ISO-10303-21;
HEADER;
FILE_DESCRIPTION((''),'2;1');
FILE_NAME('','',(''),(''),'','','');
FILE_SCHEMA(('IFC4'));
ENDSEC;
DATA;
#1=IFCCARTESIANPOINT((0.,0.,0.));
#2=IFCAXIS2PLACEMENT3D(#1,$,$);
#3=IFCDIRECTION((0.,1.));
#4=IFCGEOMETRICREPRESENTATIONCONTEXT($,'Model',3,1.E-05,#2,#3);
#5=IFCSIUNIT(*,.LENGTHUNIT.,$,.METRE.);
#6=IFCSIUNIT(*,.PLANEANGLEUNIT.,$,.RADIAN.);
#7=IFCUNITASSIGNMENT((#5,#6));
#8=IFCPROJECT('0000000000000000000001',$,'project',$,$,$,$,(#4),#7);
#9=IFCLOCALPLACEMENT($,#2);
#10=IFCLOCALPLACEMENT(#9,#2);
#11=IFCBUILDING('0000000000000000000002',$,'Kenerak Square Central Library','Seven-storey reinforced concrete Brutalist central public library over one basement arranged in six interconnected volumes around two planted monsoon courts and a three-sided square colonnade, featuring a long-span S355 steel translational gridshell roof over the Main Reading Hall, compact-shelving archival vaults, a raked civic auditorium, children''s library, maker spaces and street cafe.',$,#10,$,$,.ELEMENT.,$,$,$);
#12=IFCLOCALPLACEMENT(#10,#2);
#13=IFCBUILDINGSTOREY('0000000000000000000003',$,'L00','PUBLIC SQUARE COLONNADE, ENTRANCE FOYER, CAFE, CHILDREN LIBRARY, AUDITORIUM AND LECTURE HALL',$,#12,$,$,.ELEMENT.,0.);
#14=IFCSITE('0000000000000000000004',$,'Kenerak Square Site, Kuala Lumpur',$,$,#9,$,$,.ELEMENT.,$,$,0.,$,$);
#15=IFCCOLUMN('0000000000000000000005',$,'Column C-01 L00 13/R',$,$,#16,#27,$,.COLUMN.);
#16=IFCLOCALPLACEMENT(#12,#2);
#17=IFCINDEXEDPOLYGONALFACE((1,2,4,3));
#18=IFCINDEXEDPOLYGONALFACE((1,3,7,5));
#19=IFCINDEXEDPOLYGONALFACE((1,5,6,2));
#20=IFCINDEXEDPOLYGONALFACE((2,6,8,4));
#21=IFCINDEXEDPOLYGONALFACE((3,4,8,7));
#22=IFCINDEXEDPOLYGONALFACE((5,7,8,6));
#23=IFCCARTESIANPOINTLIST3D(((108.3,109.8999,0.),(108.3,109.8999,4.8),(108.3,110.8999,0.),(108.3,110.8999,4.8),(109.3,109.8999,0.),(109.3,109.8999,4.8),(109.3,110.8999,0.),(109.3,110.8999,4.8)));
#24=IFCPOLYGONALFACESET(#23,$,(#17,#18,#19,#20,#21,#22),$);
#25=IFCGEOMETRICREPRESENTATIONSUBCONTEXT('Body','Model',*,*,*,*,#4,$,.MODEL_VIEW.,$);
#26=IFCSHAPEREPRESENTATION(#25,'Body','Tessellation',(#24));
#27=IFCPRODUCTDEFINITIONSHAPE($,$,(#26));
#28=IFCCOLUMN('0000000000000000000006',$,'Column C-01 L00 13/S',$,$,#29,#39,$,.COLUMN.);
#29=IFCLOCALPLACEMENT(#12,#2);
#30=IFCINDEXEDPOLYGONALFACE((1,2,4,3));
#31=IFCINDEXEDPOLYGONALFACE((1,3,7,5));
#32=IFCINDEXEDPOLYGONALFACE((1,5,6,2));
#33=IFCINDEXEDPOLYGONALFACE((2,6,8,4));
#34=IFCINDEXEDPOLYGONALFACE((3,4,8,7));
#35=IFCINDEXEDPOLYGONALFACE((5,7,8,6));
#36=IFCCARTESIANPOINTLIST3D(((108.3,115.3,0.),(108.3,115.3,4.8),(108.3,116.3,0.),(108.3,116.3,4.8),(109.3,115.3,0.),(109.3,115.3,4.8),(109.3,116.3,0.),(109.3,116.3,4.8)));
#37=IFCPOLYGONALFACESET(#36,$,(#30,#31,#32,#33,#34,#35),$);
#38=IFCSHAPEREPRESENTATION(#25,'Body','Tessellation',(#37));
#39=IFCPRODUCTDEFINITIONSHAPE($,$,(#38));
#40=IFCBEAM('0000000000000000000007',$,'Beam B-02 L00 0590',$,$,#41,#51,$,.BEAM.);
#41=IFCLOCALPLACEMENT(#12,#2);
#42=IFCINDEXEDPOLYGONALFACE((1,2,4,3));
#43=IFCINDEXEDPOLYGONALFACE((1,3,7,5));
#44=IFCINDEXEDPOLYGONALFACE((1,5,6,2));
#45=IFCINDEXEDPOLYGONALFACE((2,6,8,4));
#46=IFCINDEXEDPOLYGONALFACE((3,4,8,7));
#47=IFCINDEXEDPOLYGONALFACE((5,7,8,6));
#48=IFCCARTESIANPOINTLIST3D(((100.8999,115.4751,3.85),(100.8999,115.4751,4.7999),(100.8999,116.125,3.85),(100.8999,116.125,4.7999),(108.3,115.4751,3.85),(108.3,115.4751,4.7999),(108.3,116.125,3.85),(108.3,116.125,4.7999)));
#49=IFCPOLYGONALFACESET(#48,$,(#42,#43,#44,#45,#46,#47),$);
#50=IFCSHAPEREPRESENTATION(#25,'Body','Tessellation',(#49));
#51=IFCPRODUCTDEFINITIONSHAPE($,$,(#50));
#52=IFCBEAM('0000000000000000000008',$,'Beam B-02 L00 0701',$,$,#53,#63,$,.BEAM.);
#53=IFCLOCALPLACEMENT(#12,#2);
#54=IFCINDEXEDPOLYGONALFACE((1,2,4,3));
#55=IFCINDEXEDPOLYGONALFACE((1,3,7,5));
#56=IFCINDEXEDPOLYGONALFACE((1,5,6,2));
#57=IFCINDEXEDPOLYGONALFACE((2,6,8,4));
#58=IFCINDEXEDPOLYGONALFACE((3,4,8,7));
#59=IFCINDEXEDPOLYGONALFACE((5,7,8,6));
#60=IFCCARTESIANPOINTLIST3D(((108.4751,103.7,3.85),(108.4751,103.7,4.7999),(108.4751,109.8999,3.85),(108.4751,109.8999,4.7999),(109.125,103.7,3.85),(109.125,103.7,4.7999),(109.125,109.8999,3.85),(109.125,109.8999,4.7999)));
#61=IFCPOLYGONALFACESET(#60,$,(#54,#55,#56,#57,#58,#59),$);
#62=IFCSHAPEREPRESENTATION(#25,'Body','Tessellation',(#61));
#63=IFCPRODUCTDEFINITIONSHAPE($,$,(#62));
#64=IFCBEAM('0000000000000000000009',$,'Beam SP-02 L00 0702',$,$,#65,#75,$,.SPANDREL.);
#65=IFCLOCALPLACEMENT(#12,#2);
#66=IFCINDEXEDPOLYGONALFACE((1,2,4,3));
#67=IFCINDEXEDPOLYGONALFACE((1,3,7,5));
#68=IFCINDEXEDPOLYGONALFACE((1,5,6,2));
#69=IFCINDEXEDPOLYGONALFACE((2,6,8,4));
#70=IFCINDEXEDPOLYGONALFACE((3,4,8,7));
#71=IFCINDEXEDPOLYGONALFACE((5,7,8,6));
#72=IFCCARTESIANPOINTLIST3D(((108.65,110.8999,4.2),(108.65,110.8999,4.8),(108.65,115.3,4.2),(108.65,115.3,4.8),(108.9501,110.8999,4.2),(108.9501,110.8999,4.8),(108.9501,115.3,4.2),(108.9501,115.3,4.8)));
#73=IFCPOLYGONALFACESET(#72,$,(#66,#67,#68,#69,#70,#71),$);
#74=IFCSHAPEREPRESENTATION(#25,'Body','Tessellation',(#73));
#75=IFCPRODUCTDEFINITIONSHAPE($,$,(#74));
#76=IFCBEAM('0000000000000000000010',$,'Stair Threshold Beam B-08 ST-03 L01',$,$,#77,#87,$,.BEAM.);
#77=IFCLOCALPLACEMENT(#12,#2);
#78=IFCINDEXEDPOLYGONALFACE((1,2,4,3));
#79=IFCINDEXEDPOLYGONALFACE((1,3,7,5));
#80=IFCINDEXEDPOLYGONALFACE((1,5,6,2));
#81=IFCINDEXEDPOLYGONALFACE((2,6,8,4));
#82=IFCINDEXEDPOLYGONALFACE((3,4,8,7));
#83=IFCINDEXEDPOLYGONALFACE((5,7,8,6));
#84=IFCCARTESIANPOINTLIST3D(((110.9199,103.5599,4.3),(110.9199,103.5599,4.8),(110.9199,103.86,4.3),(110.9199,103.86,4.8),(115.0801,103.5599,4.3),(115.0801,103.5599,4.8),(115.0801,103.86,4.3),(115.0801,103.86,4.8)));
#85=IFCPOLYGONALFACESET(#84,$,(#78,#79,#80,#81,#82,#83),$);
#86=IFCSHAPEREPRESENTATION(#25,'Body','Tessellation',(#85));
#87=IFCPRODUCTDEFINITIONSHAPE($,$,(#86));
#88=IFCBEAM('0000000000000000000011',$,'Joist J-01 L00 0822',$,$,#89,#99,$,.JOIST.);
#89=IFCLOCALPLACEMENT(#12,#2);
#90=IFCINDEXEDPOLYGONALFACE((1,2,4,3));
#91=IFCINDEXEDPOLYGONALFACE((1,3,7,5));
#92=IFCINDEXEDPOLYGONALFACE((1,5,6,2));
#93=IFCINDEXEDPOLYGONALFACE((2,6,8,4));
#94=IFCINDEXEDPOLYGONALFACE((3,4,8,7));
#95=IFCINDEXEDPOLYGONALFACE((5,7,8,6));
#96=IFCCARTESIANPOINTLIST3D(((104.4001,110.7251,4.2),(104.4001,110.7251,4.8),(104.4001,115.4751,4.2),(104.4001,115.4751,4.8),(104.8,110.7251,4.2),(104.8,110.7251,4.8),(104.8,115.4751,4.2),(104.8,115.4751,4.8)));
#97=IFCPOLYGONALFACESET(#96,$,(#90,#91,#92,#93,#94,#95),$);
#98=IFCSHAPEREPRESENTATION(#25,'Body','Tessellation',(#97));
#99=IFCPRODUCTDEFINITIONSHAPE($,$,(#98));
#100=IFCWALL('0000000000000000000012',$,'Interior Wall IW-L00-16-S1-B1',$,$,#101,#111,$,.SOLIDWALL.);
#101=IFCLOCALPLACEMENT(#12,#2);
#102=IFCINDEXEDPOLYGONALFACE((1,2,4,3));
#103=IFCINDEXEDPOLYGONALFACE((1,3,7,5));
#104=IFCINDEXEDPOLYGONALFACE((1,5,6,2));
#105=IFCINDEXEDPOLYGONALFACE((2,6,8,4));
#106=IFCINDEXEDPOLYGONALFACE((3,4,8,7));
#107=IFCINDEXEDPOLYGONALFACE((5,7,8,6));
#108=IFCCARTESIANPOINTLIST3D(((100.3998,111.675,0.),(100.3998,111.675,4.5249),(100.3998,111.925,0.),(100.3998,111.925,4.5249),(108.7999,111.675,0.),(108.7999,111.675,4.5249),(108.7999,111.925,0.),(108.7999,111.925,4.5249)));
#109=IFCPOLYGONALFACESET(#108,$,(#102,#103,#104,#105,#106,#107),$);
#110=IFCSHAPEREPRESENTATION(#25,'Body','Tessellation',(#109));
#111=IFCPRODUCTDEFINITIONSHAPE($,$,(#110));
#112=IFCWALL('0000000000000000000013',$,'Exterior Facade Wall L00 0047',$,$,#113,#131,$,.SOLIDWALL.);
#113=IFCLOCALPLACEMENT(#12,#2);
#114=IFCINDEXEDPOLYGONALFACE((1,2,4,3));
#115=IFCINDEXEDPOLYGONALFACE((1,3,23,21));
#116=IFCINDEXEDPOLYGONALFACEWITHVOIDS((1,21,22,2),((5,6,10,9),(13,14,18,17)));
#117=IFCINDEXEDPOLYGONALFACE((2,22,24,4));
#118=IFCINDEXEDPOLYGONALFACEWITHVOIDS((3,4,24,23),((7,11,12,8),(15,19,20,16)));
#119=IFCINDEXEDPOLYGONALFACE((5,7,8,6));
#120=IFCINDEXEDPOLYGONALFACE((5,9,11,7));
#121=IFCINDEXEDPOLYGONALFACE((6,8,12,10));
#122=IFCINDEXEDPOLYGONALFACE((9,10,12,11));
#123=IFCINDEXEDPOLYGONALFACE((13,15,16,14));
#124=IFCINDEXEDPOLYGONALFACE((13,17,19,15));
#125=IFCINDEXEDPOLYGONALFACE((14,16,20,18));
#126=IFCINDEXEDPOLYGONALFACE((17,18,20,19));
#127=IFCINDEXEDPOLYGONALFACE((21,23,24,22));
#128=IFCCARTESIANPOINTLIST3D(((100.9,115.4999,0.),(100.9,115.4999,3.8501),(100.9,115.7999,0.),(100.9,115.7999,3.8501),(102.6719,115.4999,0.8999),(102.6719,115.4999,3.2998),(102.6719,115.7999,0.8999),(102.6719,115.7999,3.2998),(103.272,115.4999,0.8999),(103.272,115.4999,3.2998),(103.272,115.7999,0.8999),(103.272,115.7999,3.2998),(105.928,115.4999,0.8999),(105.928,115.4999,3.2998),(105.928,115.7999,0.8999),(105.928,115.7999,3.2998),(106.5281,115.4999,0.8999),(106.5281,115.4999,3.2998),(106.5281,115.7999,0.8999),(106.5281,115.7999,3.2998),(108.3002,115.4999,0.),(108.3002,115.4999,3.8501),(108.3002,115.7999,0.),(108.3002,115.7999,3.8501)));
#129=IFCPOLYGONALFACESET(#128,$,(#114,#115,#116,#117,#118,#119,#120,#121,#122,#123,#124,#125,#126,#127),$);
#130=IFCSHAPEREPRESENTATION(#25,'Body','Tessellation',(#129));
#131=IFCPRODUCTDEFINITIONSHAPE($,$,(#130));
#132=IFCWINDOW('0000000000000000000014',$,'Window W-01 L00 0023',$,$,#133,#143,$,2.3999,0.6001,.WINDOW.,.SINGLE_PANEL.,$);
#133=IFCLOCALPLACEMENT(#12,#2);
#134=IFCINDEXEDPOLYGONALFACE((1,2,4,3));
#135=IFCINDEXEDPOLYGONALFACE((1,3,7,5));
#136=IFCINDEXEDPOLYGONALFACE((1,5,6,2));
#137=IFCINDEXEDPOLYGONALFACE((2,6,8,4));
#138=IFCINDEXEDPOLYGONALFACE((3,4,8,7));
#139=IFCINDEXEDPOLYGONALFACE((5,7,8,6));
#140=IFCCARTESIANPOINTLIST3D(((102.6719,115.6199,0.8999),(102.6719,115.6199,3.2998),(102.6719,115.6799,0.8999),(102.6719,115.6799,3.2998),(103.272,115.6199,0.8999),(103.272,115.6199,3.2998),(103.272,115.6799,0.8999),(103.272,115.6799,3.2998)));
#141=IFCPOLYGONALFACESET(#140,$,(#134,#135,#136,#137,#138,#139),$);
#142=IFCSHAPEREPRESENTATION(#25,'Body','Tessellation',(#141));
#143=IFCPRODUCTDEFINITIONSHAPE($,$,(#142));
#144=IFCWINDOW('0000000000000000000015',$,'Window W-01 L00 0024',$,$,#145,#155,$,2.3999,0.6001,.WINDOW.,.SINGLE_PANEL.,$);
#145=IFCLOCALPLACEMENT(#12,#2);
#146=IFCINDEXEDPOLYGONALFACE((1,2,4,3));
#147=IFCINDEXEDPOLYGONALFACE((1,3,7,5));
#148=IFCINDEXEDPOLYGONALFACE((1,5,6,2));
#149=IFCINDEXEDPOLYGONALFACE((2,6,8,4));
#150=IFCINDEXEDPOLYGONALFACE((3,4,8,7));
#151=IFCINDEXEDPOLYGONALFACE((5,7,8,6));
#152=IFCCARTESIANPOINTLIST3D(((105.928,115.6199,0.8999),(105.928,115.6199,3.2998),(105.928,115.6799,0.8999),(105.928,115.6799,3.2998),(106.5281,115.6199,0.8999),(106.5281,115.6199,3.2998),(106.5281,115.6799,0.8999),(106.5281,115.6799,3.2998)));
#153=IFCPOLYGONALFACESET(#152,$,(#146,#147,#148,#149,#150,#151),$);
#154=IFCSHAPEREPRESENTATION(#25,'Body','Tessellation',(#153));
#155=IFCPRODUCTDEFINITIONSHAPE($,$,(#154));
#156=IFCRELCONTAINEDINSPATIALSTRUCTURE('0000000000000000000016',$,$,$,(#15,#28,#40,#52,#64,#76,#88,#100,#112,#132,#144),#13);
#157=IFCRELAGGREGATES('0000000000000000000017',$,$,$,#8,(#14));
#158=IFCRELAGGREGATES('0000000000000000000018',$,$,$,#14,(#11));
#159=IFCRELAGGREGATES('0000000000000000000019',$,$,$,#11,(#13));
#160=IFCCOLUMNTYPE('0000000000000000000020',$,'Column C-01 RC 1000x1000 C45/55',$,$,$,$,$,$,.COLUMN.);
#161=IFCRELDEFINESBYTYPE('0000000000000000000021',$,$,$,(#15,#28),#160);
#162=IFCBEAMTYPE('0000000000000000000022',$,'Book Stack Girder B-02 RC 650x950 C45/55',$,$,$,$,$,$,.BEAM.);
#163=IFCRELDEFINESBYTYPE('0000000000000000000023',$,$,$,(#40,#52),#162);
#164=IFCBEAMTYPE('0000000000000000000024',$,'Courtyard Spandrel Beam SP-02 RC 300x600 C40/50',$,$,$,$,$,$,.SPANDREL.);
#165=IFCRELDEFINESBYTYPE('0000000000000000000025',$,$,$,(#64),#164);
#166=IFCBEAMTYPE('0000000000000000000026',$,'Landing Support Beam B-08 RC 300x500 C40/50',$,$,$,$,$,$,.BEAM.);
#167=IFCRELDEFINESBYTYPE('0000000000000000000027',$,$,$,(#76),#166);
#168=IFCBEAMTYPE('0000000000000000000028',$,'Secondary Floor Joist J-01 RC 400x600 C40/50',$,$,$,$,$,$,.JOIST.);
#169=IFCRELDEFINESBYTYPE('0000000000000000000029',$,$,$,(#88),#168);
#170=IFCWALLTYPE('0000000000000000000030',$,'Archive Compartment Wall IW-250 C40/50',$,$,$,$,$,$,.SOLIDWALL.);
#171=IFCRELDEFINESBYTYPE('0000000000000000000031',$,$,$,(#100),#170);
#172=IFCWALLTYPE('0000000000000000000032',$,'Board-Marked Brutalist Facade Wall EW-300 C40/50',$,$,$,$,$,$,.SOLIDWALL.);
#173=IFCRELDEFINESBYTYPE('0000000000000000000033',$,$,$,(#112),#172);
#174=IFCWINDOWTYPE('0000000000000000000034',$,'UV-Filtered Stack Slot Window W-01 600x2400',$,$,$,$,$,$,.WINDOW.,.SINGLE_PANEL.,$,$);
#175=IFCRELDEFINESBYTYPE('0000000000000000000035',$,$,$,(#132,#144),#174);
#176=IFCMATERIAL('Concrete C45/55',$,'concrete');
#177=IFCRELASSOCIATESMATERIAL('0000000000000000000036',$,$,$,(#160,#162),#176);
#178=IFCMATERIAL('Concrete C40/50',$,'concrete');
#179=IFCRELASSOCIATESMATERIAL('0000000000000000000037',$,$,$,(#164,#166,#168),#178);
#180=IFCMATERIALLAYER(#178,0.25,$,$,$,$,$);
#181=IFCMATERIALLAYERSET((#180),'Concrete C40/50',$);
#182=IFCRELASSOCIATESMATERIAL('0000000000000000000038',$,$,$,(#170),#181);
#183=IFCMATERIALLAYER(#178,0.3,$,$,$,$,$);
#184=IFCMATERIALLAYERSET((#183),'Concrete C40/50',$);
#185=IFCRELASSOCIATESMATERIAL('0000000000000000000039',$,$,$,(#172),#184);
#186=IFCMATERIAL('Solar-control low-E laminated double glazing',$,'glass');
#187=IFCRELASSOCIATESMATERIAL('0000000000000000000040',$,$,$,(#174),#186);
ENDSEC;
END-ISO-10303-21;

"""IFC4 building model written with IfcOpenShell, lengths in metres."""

from ifc_helpers import new_model, si_unit, direction, frame, frame_2d, origin, origin_2d, place, context, subcontext, project, spatial, rectangle, extrude, material, layer, layer_set, material_profile, profile_set, type_object, element, fill, save


model = new_model("IFC4")

# Units and contexts
model_context = context("Model", 3, precision=1e-05, world=origin(), true_north=direction((0.0, 1.0)))
body_context = subcontext(model_context, "Body", "Model", "MODEL_VIEW")
ifc_project = project(units=[si_unit("LENGTHUNIT", "METRE"), si_unit("PLANEANGLEUNIT", "RADIAN")], contexts=[model_context])

# Site, building, storey
site_placement = place(None, origin())
site = spatial("IfcSite", under=ifc_project, at=site_placement, Name="Kenerak Square Site, Kuala Lumpur", CompositionType="ELEMENT", RefElevation=0.0)
building_placement = place(site_placement, origin())
building = spatial("IfcBuilding", under=site, at=building_placement, Name="Kenerak Square Central Library", Description="Seven-storey reinforced concrete Brutalist central public library over one basement arranged in six interconnected volumes around two planted monsoon courts and a three-sided square colonnade, featuring a long-span S355 steel translational gridshell roof over the Main Reading Hall, compact-shelving archival vaults, a raked civic auditorium, children's library, maker spaces and street cafe.", CompositionType="ELEMENT")
storey_placement = place(building_placement, origin())
storey = spatial("IfcBuildingStorey", under=building, at=storey_placement, Name="L00", Description="PUBLIC SQUARE COLONNADE, ENTRANCE FOYER, CAFE, CHILDREN LIBRARY, AUDITORIUM AND LECTURE HALL", CompositionType="ELEMENT", Elevation=0.0)

# Columns
ifc_material_1 = material(Name="Concrete C45/55", Category="concrete")
ifc_material_profile_1 = material_profile(ifc_material_1, rectangle(XDim=1.0, YDim=1.0, at=origin_2d()), Name="RC 1000x1000")
ifc_profile_set_1 = profile_set([ifc_material_profile_1], Name="Concrete C45/55")
column_type = type_object("IfcColumnType", Name="Column C-01 RC 1000x1000 C45/55", PredefinedType="COLUMN", material=ifc_profile_set_1)
for number, where, z_axis, x_axis, name in (
    (1, (108.8, 110.3999, 0.0), (0.0, 0.0, 1.0), (1.0, 0.0, 0.0), "Column C-01 L00 13/R"),
    (2, (108.8, 115.8, 0.0), (0.0, 0.0, 1.0), (1.0, 0.0, 0.0), "Column C-01 L00 13/S"),
):
    element("IfcColumn", number, at=place(storey_placement, frame(where, z_axis=z_axis, x_axis=x_axis)), inside=storey, type_object=column_type, Name=name, PredefinedType="COLUMN", context=body_context, shape_type="SweptSolid", body=[
        extrude(rectangle(XDim=1.0, YDim=1.0, at=origin_2d()), origin(), (0.0, 0.0, 1.0), 4.8),
    ])

# Beams
ifc_material_profile_2 = material_profile(ifc_material_1, rectangle(XDim=0.6499, YDim=0.95, at=origin_2d()), Name="RC 650x950")
ifc_profile_set_2 = profile_set([ifc_material_profile_2], Name="Concrete C45/55")
beam_type_1 = type_object("IfcBeamType", Name="Book Stack Girder B-02 RC 650x950 C45/55", PredefinedType="BEAM", material=ifc_profile_set_2)
beam_1_placement = place(storey_placement, frame((100.8999, 115.8, 4.325), z_axis=(1.0, 0.0, 0.0), x_axis=(0.0, 1.0, 0.0)))
element("IfcBeam", 3, at=beam_1_placement, inside=storey, type_object=beam_type_1, Name="Beam B-02 L00 0590", PredefinedType="BEAM", context=body_context, shape_type="SweptSolid", body=[
    extrude(rectangle(XDim=0.6499, YDim=0.95, at=origin_2d()), origin(), (0.0, 0.0, 1.0), 7.4001),
])
beam_2_placement = place(storey_placement, frame((108.8, 103.7, 4.325), z_axis=(0.0, 1.0, 0.0), x_axis=(-1.0, 0.0, 0.0)))
element("IfcBeam", 4, at=beam_2_placement, inside=storey, type_object=beam_type_1, Name="Beam B-02 L00 0701", PredefinedType="BEAM", context=body_context, shape_type="SweptSolid", body=[
    extrude(rectangle(XDim=0.6499, YDim=0.95, at=origin_2d()), origin(), (0.0, 0.0, 1.0), 6.2),
])
ifc_material_2 = material(Name="Concrete C40/50", Category="concrete")
ifc_material_profile_3 = material_profile(ifc_material_2, rectangle(XDim=0.3, YDim=0.6001, at=origin_2d()), Name="RC 300x600")
ifc_profile_set_3 = profile_set([ifc_material_profile_3], Name="Concrete C40/50")
beam_type_2 = type_object("IfcBeamType", Name="Courtyard Spandrel Beam SP-02 RC 300x600 C40/50", PredefinedType="SPANDREL", material=ifc_profile_set_3)
beam_3_placement = place(storey_placement, frame((108.8, 110.8999, 4.5), z_axis=(0.0, 1.0, 0.0), x_axis=(-1.0, 0.0, 0.0)))
element("IfcBeam", 5, at=beam_3_placement, inside=storey, type_object=beam_type_2, Name="Beam SP-02 L00 0702", PredefinedType="SPANDREL", context=body_context, shape_type="SweptSolid", body=[
    extrude(rectangle(XDim=0.3, YDim=0.6001, at=origin_2d()), origin(), (0.0, 0.0, 1.0), 4.4001),
])
ifc_material_profile_4 = material_profile(ifc_material_2, rectangle(XDim=0.3, YDim=0.5, at=origin_2d()), Name="RC 300x500")
ifc_profile_set_4 = profile_set([ifc_material_profile_4], Name="Concrete C40/50")
beam_type_3 = type_object("IfcBeamType", Name="Landing Support Beam B-08 RC 300x500 C40/50", PredefinedType="BEAM", material=ifc_profile_set_4)
beam_4_placement = place(storey_placement, frame((110.9199, 103.71, 4.55), z_axis=(1.0, 0.0, 0.0), x_axis=(0.0, 1.0, 0.0)))
element("IfcBeam", 6, at=beam_4_placement, inside=storey, type_object=beam_type_3, Name="Stair Threshold Beam B-08 ST-03 L01", PredefinedType="BEAM", context=body_context, shape_type="SweptSolid", body=[
    extrude(rectangle(XDim=0.3, YDim=0.5, at=origin_2d()), origin(), (0.0, 0.0, 1.0), 4.1602),
])
ifc_material_profile_5 = material_profile(ifc_material_2, rectangle(XDim=0.3999, YDim=0.6001, at=origin_2d()), Name="RC 400x600")
ifc_profile_set_5 = profile_set([ifc_material_profile_5], Name="Concrete C40/50")
beam_type_4 = type_object("IfcBeamType", Name="Secondary Floor Joist J-01 RC 400x600 C40/50", PredefinedType="JOIST", material=ifc_profile_set_5)
beam_5_placement = place(storey_placement, frame((104.6001, 110.7251, 4.5), z_axis=(0.0, 1.0, 0.0), x_axis=(-1.0, 0.0, 0.0)))
element("IfcBeam", 7, at=beam_5_placement, inside=storey, type_object=beam_type_4, Name="Joist J-01 L00 0822", PredefinedType="JOIST", context=body_context, shape_type="SweptSolid", body=[
    extrude(rectangle(XDim=0.3999, YDim=0.6001, at=origin_2d()), origin(), (0.0, 0.0, 1.0), 4.75),
])

# Wall
ifc_layer_1 = layer(ifc_material_2, 0.25)
ifc_layer_set_1 = layer_set([ifc_layer_1], Name="Concrete C40/50")
wall_type_1 = type_object("IfcWallType", Name="Archive Compartment Wall IW-250 C40/50", PredefinedType="SOLIDWALL", material=ifc_layer_set_1)
wall_1_placement = place(storey_placement, frame((108.8, 111.8, 0.0), z_axis=(0.0, 0.0, 1.0), x_axis=(-1.0, 0.0, 0.0)))
element("IfcWall", 8, at=wall_1_placement, inside=storey, type_object=wall_type_1, Name="Interior Wall IW-L00-16-S1-B1", PredefinedType="SOLIDWALL", context=body_context, shape_type="SweptSolid", body=[
    extrude(rectangle(XDim=8.4001, YDim=0.25, at=frame_2d((4.2002, 0.0))), origin(), (0.0, 0.0, 1.0), 4.5249),
])

# Wall, openings, windows
ifc_layer_2 = layer(ifc_material_2, 0.3)
ifc_layer_set_2 = layer_set([ifc_layer_2], Name="Concrete C40/50")
wall_type_2 = type_object("IfcWallType", Name="Board-Marked Brutalist Facade Wall EW-300 C40/50", PredefinedType="SOLIDWALL", material=ifc_layer_set_2)
wall_2_placement = place(storey_placement, frame((100.8999, 115.6499, 0.0), z_axis=(0.0, 0.0, 1.0), x_axis=(1.0, 0.0, 0.0)))
wall_2 = element("IfcWall", 9, at=wall_2_placement, inside=storey, type_object=wall_type_2, Name="Exterior Facade Wall L00 0047", PredefinedType="SOLIDWALL", context=body_context, shape_type="SweptSolid", body=[
    extrude(rectangle(XDim=7.4001, YDim=0.3, at=frame_2d((3.7002, 0.0))), origin(), (0.0, 0.0, 1.0), 3.8501),
])
opening_1_placement = place(wall_2_placement, frame((1.772, 0.0, 0.8999)))
opening_1 = element("IfcOpeningElement", 10, at=opening_1_placement, cuts=wall_2, PredefinedType="OPENING", context=body_context, shape_type="SweptSolid", body=[
    extrude(rectangle(XDim=0.6001, YDim=2.3999, at=frame_2d((0.3, 1.2))), frame((0.0, 0.1599, 0.0), z_axis=(0.0, -1.0, 0.0), x_axis=(1.0, 0.0, 0.0)), (0.0, 0.0, 1.0), 0.3201),
])
opening_2_placement = place(wall_2_placement, frame((5.0281, 0.0, 0.8999)))
opening_2 = element("IfcOpeningElement", 11, at=opening_2_placement, cuts=wall_2, PredefinedType="OPENING", context=body_context, shape_type="SweptSolid", body=[
    extrude(rectangle(XDim=0.6001, YDim=2.3999, at=frame_2d((0.3, 1.2))), frame((0.0, 0.1599, 0.0), z_axis=(0.0, -1.0, 0.0), x_axis=(1.0, 0.0, 0.0)), (0.0, 0.0, 1.0), 0.3201),
])
ifc_material_3 = material(Name="Solar-control low-E laminated double glazing", Category="glass")
window_type = type_object("IfcWindowType", Name="UV-Filtered Stack Slot Window W-01 600x2400", PartitioningType="SINGLE_PANEL", PredefinedType="WINDOW", material=ifc_material_3)
window_1_placement = place(opening_1_placement, origin())
window_1 = element("IfcWindow", 12, at=window_1_placement, inside=storey, type_object=window_type, Name="Window W-01 L00 0023", OverallHeight=2.3999, OverallWidth=0.6001, PartitioningType="SINGLE_PANEL", PredefinedType="WINDOW", context=body_context, shape_type="SweptSolid", body=[
    extrude(rectangle(XDim=0.6001, YDim=2.3999, at=frame_2d((0.3, 1.2))), frame((0.0, 0.03, 0.0), z_axis=(0.0, -1.0, 0.0), x_axis=(1.0, 0.0, 0.0)), (0.0, 0.0, 1.0), 0.0601),
])
fill(opening_1, window_1)
window_2_placement = place(opening_2_placement, origin())
window_2 = element("IfcWindow", 13, at=window_2_placement, inside=storey, type_object=window_type, Name="Window W-01 L00 0024", OverallHeight=2.3999, OverallWidth=0.6001, PartitioningType="SINGLE_PANEL", PredefinedType="WINDOW", context=body_context, shape_type="SweptSolid", body=[
    extrude(rectangle(XDim=0.6001, YDim=2.3999, at=frame_2d((0.3, 1.2))), frame((0.0, 0.03, 0.0), z_axis=(0.0, -1.0, 0.0), x_axis=(1.0, 0.0, 0.0)), (0.0, 0.0, 1.0), 0.0601),
])
fill(opening_2, window_2)

save(model, "model.ifc")
